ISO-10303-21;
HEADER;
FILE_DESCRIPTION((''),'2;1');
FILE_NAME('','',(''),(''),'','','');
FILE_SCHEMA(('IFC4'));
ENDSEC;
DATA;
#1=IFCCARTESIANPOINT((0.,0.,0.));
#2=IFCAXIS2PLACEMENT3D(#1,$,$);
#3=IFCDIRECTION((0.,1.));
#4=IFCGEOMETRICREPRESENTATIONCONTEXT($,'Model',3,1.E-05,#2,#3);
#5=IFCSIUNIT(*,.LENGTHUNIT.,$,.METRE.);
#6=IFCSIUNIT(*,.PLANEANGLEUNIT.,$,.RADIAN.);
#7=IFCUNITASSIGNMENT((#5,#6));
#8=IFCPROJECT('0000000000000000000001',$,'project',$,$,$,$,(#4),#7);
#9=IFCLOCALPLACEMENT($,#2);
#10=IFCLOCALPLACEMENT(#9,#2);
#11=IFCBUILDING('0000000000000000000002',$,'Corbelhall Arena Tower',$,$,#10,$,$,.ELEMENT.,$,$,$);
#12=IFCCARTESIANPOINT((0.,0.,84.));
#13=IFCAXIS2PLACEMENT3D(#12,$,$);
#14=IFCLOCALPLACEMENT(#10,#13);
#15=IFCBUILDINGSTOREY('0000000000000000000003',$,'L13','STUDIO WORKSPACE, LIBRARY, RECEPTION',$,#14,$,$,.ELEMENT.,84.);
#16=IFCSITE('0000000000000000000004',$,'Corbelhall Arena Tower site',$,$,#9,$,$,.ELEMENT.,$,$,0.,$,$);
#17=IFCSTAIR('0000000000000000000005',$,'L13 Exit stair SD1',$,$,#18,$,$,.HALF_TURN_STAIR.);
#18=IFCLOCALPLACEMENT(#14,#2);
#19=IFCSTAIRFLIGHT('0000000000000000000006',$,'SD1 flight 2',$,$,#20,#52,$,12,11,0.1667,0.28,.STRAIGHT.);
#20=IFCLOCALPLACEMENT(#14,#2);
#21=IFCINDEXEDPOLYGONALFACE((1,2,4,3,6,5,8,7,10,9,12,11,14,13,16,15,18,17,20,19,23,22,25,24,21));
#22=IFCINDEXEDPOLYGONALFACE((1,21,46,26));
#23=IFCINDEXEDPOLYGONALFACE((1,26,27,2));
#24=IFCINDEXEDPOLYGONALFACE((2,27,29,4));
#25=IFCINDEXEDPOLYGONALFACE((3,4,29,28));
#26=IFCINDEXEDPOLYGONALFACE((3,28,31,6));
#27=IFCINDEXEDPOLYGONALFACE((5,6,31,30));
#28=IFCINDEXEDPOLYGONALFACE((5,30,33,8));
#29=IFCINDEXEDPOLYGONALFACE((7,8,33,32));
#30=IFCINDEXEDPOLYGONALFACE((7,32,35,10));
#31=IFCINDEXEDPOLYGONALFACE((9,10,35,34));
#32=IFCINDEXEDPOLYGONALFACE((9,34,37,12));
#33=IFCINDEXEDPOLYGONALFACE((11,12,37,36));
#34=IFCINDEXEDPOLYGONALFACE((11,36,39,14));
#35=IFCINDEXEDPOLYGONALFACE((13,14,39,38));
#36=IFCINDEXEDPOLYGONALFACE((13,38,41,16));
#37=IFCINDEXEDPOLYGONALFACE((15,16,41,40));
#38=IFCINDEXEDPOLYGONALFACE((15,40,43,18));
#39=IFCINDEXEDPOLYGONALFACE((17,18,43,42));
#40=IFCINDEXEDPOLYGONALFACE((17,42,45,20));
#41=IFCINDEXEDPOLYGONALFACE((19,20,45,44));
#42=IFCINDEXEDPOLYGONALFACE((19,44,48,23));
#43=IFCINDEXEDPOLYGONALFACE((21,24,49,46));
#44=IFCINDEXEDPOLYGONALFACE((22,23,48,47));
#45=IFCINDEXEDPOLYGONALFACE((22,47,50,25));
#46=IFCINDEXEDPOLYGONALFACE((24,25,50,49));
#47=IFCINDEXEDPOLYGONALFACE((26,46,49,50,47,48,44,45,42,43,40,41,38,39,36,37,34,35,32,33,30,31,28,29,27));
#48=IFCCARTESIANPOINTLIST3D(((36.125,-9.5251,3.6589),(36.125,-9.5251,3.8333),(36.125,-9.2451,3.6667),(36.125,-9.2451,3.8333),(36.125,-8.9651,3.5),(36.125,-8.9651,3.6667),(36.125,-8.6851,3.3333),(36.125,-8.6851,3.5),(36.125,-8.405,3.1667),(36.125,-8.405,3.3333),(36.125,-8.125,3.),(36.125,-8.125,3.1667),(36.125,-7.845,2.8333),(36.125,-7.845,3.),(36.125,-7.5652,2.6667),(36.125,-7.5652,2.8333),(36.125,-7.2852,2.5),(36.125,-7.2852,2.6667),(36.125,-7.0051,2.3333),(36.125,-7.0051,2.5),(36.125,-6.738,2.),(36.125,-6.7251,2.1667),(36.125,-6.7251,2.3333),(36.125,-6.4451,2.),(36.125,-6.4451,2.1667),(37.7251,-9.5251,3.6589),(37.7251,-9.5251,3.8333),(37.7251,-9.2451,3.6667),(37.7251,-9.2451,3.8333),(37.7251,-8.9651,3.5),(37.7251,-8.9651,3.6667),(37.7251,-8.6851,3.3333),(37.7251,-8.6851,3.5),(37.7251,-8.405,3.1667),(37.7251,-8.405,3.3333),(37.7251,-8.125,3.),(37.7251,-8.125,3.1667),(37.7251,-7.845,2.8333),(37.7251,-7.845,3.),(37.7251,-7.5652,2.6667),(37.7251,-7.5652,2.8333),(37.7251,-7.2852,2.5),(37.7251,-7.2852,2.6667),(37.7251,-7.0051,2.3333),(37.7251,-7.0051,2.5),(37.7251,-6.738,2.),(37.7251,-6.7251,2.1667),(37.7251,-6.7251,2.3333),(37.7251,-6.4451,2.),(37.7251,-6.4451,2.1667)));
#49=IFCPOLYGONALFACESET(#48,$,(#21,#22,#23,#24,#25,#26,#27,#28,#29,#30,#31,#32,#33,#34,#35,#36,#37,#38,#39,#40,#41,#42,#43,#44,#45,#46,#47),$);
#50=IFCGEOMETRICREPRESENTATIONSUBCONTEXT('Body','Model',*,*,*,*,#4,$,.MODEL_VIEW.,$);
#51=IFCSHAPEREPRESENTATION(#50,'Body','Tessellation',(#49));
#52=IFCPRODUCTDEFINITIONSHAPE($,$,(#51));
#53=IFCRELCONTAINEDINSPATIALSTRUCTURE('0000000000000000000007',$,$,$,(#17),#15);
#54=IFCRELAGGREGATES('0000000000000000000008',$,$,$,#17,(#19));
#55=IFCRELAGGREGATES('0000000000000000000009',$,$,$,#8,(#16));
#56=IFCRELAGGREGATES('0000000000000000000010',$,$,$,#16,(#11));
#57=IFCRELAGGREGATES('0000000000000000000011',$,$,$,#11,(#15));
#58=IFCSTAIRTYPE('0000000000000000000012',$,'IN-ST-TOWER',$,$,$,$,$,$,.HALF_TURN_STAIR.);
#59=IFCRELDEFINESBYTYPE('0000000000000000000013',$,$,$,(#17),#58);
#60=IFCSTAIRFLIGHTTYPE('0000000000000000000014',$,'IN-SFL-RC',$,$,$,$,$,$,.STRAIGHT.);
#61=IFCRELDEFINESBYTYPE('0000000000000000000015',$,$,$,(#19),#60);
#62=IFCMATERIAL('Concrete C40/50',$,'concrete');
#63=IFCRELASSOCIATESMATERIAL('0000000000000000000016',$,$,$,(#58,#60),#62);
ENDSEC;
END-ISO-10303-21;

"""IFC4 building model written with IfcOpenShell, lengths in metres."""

from ifc_helpers import new_model, si_unit, direction, frame, origin, place, context, subcontext, project, spatial, polyline, outline, extrude, material, type_object, element, aggregate, save


model = new_model("IFC4")

# Units and contexts
model_context = context("Model", 3, precision=1e-05, world=origin(), true_north=direction((0.0, 1.0)))
body_context = subcontext(model_context, "Body", "Model", "MODEL_VIEW")
ifc_project = project(units=[si_unit("LENGTHUNIT", "METRE"), si_unit("PLANEANGLEUNIT", "RADIAN")], contexts=[model_context])

# Site, building, storey
site_placement = place(None, origin())
site = spatial("IfcSite", under=ifc_project, at=site_placement, Name="Corbelhall Arena Tower site", CompositionType="ELEMENT", RefElevation=0.0)
building_placement = place(site_placement, origin())
building = spatial("IfcBuilding", under=site, at=building_placement, Name="Corbelhall Arena Tower", CompositionType="ELEMENT")
storey_placement = place(building_placement, frame((0.0, 0.0, 84.0)))
storey = spatial("IfcBuildingStorey", under=building, at=storey_placement, Name="L13", Description="STUDIO WORKSPACE, LIBRARY, RECEPTION", CompositionType="ELEMENT", Elevation=84.0)

# Shared definitions
ifc_material_1 = material(Name="Concrete C40/50", Category="concrete")

# Stair, stair flight
stair_type = type_object("IfcStairType", Name="IN-ST-TOWER", PredefinedType="HALF_TURN_STAIR", material=ifc_material_1)
stair_placement = place(storey_placement, origin())
stair = element("IfcStair", 1, at=stair_placement, inside=storey, type_object=stair_type, Name="L13 Exit stair SD1", PredefinedType="HALF_TURN_STAIR")
stair_flight_type = type_object("IfcStairFlightType", Name="IN-SFL-RC", PredefinedType="STRAIGHT", material=ifc_material_1)
stair_flight_placement = place(storey_placement, frame((36.925, -6.4451, 2.0), z_axis=(0.0, 0.0, 1.0), x_axis=(0.0, -1.0, 0.0)))
stair_flight = element("IfcStairFlight", 2, at=stair_flight_placement, type_object=stair_flight_type, Name="SD1 flight 2", NumberOfRisers=12, NumberOfTreads=11, PredefinedType="STRAIGHT", RiserHeight=0.1667, TreadLength=0.28, context=body_context, shape_type="SweptSolid", body=[
    extrude(outline(polyline([(0.0, 0.0), (0.0, 0.1667), (0.28, 0.1667), (0.28, 0.3333), (0.5601, 0.3333), (0.5601, 0.5), (0.8401, 0.5), (0.8401, 0.6667), (1.1201, 0.6667), (1.1201, 0.8333), (1.3999, 0.8333), (1.3999, 1.0), (1.6799, 1.0), (1.6799, 1.1667), (1.96, 1.1667), (1.96, 1.3333), (2.24, 1.3333), (2.24, 1.5), (2.52, 1.5), (2.52, 1.6667), (2.8, 1.6667), (2.8, 1.8333), (3.0801, 1.8333), (3.0801, 2.0), (3.0801, 1.6589), (0.293, 0.0), (0.0, 0.0)])), frame((0.0, 0.8, 0.0), z_axis=(0.0, -1.0, 0.0), x_axis=(1.0, 0.0, 0.0)), (0.0, 0.0, 1.0), 1.6001),
])
aggregate(stair, [stair_flight])

save(model, "model.ifc")
